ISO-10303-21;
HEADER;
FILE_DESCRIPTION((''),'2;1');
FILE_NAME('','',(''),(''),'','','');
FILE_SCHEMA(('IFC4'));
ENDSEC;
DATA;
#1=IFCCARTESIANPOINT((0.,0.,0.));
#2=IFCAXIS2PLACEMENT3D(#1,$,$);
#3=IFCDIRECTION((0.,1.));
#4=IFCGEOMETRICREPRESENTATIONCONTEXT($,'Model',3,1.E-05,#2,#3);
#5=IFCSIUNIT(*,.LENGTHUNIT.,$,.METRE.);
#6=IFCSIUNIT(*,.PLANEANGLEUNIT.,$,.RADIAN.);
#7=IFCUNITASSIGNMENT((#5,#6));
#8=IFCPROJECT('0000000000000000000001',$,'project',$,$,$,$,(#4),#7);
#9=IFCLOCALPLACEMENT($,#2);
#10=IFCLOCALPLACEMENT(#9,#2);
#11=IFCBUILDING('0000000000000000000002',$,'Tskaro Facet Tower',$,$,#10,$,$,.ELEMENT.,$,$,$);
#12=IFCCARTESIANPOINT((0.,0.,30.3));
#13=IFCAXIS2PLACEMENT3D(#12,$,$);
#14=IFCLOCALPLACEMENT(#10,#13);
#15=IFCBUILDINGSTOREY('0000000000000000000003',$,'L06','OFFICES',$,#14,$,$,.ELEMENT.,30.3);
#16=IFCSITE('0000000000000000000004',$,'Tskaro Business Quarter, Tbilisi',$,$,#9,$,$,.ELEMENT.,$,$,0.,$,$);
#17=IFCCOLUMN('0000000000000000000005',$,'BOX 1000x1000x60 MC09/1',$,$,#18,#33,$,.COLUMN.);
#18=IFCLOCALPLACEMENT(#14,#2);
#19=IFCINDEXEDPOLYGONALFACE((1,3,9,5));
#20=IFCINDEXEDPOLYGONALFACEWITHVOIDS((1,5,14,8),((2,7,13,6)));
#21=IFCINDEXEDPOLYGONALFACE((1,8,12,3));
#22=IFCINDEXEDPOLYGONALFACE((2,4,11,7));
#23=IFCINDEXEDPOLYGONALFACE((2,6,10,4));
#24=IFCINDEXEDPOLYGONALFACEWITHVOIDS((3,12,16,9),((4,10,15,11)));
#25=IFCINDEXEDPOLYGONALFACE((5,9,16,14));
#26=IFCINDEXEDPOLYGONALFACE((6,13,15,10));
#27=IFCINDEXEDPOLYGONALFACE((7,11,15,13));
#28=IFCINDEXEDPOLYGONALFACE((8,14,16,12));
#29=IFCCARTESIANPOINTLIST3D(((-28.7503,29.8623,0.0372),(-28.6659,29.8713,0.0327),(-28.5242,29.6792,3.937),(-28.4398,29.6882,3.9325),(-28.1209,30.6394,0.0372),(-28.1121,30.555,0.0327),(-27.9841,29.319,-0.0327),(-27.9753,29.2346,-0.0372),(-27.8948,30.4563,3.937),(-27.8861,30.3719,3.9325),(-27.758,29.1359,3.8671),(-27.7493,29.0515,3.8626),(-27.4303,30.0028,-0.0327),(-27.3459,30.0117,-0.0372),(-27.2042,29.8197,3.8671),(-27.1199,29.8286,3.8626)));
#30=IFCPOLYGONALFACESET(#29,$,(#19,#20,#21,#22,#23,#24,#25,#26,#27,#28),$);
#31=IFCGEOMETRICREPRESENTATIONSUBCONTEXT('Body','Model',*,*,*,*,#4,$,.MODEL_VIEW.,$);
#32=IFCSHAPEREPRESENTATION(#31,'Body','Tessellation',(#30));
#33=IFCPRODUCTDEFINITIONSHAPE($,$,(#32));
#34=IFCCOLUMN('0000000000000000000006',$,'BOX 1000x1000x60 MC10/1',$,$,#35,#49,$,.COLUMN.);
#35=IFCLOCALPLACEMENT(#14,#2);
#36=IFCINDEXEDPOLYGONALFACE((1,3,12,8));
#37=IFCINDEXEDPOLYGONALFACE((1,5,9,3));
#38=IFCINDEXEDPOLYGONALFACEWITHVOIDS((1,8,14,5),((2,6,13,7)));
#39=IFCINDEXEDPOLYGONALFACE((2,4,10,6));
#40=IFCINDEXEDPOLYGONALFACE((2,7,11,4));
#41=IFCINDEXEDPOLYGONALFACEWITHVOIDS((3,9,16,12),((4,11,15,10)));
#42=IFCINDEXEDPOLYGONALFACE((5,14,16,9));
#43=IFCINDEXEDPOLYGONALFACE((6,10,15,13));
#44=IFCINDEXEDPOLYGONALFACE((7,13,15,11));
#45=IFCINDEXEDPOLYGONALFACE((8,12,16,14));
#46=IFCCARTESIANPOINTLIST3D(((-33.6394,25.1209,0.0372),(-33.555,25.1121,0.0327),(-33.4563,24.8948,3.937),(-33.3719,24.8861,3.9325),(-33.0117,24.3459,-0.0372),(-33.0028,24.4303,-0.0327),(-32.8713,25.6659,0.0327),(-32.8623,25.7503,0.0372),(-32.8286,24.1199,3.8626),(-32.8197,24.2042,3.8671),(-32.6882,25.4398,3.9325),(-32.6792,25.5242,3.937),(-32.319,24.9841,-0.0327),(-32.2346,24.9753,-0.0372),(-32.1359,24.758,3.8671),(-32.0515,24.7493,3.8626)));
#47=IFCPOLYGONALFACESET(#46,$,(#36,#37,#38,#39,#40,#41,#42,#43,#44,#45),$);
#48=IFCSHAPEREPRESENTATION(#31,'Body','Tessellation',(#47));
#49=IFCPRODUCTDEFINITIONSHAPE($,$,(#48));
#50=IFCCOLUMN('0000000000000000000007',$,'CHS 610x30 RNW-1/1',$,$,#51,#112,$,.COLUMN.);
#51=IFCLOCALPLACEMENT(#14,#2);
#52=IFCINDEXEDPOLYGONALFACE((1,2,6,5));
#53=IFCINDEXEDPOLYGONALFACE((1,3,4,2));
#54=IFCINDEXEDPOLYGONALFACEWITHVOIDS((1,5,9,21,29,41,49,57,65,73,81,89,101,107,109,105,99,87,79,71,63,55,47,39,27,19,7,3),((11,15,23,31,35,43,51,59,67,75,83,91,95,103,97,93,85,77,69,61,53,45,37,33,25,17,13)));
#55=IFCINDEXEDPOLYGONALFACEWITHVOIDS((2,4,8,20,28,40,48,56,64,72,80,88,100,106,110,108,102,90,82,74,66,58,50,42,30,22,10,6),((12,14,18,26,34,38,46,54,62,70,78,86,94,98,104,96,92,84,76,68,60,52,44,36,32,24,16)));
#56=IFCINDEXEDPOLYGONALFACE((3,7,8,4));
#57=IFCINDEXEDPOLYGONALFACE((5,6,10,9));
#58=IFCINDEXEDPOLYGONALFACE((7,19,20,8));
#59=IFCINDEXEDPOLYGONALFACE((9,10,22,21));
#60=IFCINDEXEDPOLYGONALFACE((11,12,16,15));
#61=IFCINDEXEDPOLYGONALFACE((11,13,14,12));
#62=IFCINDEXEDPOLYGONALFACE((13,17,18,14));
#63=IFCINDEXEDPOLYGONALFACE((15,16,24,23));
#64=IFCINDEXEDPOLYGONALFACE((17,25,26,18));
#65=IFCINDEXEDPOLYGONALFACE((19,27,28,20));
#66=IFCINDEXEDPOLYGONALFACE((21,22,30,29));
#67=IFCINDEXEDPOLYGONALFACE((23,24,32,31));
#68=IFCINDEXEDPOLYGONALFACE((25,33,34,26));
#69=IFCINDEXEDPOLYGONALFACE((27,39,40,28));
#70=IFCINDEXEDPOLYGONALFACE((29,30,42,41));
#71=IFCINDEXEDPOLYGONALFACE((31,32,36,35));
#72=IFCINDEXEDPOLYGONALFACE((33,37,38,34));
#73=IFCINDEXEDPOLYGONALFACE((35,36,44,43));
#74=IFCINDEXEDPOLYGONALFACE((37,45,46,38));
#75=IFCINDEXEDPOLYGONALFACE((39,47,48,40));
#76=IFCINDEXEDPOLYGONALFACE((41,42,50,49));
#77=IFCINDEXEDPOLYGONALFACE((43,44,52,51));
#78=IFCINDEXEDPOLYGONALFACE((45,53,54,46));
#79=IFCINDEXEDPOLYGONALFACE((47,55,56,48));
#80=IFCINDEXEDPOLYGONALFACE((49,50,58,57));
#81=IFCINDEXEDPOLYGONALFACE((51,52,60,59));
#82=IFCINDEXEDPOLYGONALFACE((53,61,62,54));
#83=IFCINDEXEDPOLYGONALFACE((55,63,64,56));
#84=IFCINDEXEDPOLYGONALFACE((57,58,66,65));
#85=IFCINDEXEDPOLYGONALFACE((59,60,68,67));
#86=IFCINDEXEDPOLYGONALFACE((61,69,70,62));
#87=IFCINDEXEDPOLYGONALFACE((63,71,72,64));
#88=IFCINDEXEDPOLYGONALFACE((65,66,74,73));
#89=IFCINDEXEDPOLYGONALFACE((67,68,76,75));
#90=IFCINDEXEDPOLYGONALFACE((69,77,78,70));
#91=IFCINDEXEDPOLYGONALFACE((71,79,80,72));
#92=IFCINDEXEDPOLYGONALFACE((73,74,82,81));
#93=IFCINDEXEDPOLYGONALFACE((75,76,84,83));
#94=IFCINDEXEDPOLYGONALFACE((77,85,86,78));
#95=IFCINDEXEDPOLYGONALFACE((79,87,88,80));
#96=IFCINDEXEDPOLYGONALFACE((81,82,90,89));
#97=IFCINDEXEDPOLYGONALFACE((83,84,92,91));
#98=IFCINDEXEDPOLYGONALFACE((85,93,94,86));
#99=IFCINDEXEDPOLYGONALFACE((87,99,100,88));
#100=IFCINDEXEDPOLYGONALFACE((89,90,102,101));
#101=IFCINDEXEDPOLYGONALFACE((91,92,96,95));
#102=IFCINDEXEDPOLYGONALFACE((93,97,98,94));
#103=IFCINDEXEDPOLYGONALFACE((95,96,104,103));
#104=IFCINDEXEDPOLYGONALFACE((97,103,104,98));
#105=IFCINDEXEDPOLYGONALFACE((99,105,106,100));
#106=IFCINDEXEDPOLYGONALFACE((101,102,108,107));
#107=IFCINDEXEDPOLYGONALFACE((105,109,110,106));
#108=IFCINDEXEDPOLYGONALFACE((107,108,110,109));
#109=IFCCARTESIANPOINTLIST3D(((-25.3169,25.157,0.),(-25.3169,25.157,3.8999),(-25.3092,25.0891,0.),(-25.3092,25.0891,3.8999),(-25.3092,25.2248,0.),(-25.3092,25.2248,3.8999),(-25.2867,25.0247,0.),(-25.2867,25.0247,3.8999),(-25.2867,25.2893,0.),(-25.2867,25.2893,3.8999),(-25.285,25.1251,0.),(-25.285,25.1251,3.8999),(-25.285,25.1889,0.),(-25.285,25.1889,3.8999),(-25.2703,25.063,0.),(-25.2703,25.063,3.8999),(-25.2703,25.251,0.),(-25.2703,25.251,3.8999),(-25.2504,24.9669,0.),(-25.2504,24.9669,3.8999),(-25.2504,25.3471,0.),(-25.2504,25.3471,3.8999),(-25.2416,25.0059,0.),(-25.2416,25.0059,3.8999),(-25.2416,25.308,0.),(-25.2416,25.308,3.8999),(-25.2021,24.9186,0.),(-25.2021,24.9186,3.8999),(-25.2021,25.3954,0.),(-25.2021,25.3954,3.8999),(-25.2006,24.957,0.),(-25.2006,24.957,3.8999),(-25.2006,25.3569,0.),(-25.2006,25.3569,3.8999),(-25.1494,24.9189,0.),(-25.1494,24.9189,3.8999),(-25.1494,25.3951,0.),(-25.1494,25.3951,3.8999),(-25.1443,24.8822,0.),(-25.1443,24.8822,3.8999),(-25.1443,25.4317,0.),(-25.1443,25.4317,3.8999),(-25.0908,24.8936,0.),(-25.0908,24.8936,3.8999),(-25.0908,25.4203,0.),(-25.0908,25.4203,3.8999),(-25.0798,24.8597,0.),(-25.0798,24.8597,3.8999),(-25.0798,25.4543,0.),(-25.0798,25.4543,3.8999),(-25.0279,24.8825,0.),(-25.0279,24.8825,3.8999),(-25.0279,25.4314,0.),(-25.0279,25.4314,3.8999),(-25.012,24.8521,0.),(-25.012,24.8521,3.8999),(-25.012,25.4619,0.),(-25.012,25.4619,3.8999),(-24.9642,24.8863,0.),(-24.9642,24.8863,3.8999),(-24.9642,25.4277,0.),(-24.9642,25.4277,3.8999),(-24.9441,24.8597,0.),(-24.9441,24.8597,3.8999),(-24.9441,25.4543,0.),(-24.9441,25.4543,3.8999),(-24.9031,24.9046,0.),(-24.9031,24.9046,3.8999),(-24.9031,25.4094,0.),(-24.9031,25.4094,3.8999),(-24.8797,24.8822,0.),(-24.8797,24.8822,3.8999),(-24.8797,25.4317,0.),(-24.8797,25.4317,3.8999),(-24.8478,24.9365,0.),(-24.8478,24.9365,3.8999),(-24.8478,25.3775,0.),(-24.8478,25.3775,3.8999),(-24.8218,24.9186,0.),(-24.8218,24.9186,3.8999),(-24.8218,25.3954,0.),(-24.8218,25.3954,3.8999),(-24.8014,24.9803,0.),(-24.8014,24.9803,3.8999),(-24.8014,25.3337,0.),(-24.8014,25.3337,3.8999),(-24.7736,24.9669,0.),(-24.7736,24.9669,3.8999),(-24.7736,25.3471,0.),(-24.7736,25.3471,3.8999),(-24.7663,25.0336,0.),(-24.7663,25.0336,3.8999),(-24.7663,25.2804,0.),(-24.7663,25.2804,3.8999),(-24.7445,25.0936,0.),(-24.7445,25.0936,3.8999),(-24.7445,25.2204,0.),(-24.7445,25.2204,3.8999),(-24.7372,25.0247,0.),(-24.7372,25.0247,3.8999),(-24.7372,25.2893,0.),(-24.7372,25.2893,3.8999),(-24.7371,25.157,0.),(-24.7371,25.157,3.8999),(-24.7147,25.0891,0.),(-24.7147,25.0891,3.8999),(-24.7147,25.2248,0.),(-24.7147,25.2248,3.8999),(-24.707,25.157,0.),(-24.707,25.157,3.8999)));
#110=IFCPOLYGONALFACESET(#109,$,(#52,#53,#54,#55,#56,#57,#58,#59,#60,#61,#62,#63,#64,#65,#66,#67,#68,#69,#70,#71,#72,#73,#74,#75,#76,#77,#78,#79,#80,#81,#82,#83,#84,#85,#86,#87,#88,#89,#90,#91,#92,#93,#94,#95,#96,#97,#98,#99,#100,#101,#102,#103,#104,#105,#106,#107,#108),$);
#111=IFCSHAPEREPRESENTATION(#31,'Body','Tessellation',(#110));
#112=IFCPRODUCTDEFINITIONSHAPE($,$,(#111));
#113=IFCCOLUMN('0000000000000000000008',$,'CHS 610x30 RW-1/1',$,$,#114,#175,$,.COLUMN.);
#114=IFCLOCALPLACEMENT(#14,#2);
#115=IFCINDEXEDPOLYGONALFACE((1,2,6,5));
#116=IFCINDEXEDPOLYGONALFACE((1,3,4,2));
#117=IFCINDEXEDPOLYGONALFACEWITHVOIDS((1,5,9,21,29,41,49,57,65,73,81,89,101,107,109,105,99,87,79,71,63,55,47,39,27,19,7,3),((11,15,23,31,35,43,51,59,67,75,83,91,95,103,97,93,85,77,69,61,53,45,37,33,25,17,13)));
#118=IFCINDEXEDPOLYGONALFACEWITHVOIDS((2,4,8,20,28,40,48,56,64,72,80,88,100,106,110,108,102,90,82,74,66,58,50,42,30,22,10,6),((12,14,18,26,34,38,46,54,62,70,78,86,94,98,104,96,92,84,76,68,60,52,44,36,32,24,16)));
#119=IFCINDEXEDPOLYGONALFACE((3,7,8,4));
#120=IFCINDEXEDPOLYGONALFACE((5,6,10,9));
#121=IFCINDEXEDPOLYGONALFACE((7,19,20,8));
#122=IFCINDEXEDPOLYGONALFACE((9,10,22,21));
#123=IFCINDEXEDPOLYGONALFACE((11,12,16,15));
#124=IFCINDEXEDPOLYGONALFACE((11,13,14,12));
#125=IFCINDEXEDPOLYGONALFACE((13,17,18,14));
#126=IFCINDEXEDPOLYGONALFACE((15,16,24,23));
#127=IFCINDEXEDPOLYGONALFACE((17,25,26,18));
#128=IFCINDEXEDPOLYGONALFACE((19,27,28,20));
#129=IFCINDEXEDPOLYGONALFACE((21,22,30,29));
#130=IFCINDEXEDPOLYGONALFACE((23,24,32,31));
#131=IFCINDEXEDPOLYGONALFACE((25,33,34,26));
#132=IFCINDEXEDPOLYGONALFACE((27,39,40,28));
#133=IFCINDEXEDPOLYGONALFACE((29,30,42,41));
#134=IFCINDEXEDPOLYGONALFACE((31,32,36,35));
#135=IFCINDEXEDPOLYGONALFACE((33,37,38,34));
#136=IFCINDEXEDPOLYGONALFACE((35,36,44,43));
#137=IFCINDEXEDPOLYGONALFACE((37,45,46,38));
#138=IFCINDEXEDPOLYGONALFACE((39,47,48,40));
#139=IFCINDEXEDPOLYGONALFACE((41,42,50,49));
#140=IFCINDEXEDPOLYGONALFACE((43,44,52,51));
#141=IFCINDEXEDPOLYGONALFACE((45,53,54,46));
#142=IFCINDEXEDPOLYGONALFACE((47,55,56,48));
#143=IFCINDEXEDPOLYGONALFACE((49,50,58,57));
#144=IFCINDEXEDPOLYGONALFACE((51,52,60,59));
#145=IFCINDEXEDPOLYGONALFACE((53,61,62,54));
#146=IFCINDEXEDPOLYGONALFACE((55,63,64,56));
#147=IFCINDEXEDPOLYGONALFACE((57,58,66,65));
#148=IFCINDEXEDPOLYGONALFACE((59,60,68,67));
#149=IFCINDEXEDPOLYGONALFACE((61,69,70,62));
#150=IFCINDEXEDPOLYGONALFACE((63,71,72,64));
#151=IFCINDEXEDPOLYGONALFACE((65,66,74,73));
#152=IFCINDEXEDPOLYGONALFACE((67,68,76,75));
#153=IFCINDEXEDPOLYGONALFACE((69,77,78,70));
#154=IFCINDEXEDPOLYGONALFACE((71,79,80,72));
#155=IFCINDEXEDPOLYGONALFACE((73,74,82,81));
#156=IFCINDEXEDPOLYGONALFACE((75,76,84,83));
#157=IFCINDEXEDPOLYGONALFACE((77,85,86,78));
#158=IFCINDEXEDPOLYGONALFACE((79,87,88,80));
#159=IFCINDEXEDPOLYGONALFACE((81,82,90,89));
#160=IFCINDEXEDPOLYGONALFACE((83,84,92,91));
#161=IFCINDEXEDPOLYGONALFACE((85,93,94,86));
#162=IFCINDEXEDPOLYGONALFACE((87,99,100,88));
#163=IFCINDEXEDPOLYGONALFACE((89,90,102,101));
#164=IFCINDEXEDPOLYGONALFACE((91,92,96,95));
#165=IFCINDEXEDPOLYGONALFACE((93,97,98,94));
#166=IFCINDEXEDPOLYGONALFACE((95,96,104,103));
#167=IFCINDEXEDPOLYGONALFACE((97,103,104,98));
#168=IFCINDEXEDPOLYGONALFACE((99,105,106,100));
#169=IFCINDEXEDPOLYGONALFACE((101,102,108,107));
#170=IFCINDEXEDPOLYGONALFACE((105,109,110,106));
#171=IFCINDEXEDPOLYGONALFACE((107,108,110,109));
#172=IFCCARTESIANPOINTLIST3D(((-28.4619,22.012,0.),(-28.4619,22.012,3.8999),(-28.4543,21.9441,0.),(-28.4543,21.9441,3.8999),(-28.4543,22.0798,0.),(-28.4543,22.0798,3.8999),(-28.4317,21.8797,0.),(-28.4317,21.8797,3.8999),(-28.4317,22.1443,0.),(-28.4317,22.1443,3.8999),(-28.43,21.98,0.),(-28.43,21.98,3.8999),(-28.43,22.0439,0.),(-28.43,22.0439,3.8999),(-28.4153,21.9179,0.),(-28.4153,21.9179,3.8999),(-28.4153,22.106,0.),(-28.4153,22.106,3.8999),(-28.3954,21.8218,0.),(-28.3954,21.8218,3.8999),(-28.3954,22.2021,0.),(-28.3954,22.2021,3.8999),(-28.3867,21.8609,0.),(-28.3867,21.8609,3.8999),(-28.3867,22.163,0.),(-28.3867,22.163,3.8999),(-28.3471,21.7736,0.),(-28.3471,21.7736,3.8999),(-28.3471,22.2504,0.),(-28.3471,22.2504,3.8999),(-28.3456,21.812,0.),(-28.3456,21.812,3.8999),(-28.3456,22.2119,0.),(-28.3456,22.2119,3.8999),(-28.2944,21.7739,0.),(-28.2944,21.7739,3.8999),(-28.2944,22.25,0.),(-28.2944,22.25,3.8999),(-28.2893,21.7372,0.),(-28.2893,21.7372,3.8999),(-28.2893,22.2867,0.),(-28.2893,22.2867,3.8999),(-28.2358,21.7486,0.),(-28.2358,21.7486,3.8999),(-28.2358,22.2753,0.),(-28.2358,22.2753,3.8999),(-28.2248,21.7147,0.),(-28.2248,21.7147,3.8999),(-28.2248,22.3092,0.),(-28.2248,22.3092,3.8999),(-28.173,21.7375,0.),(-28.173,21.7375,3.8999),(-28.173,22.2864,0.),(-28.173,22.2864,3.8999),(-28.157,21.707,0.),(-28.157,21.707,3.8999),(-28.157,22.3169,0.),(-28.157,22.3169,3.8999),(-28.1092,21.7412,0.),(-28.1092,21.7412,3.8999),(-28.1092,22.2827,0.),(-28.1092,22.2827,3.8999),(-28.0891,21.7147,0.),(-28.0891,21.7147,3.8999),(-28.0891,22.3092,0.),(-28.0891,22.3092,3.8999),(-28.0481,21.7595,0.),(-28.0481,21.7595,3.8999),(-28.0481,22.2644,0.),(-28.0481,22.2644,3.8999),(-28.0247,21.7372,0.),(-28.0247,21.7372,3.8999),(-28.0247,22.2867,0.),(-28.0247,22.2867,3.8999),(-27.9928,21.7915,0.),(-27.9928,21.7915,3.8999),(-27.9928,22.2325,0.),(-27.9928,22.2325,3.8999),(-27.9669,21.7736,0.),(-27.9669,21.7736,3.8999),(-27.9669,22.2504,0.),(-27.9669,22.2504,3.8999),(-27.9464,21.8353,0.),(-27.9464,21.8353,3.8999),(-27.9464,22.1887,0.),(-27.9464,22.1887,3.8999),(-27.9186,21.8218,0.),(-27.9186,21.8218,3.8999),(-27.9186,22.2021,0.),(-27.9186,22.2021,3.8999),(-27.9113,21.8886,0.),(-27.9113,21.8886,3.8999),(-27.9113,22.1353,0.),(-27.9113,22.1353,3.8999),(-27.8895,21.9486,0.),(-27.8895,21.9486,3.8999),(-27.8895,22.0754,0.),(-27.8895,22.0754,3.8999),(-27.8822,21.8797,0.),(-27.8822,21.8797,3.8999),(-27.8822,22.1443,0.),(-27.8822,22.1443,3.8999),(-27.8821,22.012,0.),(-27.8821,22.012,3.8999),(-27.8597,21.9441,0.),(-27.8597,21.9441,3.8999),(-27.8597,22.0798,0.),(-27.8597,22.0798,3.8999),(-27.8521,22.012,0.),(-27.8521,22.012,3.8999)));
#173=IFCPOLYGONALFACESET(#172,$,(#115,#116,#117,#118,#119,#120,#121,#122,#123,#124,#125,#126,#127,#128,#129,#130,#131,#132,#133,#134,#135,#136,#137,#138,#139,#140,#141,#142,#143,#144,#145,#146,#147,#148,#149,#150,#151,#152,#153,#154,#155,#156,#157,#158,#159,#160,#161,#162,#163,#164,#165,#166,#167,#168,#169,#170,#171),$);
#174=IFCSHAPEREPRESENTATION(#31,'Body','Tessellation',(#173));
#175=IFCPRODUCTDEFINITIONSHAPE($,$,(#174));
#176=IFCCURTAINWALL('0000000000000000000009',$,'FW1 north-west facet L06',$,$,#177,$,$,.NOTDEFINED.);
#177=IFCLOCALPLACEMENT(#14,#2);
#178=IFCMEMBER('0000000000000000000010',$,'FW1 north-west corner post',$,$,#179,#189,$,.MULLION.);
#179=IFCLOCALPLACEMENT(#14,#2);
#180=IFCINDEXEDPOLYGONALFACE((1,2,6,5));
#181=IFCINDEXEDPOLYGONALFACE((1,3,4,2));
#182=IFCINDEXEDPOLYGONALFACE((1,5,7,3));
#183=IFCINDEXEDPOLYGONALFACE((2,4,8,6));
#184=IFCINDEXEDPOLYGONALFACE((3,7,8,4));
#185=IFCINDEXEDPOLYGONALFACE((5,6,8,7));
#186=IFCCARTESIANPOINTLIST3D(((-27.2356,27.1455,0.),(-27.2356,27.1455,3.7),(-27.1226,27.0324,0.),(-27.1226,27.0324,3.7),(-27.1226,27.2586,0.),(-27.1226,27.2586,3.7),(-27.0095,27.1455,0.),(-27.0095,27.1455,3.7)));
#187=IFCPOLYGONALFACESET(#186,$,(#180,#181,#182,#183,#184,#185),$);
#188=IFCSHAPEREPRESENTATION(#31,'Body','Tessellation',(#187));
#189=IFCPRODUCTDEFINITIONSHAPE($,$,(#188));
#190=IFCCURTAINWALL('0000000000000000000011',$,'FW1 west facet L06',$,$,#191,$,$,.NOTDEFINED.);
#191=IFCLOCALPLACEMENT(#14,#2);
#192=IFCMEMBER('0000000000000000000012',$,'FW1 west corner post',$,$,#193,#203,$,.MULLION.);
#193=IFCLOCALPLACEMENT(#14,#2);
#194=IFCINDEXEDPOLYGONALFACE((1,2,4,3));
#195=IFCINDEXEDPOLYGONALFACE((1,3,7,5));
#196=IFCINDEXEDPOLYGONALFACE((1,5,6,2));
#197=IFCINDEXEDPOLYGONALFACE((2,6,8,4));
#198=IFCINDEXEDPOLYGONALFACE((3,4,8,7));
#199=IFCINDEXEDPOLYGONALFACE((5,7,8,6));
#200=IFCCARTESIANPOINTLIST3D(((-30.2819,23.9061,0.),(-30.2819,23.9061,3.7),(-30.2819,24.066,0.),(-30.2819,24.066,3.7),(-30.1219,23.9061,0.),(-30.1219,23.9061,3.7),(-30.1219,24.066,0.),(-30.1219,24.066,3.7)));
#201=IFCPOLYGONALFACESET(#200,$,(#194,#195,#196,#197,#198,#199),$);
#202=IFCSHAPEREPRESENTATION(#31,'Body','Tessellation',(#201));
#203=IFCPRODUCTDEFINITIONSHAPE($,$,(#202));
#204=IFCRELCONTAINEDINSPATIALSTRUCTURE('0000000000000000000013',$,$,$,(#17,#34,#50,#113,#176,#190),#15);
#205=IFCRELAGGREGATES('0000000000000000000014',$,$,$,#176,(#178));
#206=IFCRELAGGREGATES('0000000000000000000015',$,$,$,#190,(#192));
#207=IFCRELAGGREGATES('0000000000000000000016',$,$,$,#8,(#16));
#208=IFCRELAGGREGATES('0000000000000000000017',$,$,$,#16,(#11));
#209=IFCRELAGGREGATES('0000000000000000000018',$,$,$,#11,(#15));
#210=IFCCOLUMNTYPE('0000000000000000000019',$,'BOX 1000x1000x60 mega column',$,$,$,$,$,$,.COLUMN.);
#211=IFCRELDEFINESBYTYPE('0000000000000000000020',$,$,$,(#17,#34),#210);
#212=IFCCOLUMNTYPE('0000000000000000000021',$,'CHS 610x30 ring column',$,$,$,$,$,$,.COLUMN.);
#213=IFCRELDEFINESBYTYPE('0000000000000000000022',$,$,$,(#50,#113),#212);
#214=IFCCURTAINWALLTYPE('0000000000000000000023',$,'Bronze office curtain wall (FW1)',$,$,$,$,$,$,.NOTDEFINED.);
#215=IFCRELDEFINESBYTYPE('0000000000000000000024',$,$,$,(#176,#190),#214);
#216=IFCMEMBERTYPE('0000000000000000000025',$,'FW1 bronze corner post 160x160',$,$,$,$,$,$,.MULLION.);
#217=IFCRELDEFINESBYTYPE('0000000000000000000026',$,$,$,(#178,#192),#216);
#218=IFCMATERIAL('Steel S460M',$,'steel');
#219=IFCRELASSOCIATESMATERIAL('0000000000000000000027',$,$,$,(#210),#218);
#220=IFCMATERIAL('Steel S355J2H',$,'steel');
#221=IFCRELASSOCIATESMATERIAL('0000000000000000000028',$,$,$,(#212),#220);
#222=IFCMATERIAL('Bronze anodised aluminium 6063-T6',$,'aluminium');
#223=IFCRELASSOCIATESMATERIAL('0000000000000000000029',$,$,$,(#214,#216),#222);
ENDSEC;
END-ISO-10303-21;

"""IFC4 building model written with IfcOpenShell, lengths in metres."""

from ifc_helpers import new_model, si_unit, direction, frame, origin, origin_2d, place, context, subcontext, project, spatial, rectangle, hollow_rectangle, hollow_circle, extrude, material, material_profile, profile_set, type_object, element, aggregate, save


model = new_model("IFC4")

# Units and contexts
model_context = context("Model", 3, precision=1e-05, world=origin(), true_north=direction((0.0, 1.0)))
body_context = subcontext(model_context, "Body", "Model", "MODEL_VIEW")
ifc_project = project(units=[si_unit("LENGTHUNIT", "METRE"), si_unit("PLANEANGLEUNIT", "RADIAN")], contexts=[model_context])

# Site, building, storey
site_placement = place(None, origin())
site = spatial("IfcSite", under=ifc_project, at=site_placement, Name="Tskaro Business Quarter, Tbilisi", CompositionType="ELEMENT", RefElevation=0.0)
building_placement = place(site_placement, origin())
building = spatial("IfcBuilding", under=site, at=building_placement, Name="Tskaro Facet Tower", CompositionType="ELEMENT")
storey_placement = place(building_placement, frame((0.0, 0.0, 30.3)))
storey = spatial("IfcBuildingStorey", under=building, at=storey_placement, Name="L06", Description="OFFICES", CompositionType="ELEMENT", Elevation=30.3)

# Columns
ifc_material_1 = material(Name="Steel S460M", Category="steel")
ifc_material_profile_1 = material_profile(ifc_material_1, hollow_rectangle(XDim=1.0, YDim=1.0, WallThickness=0.0601, at=origin_2d()), Name="BOX 1000x1000x60")
ifc_profile_set_1 = profile_set([ifc_material_profile_1], Name="Steel S460M")
column_type_1 = type_object("IfcColumnType", Name="BOX 1000x1000x60 mega column", PredefinedType="COLUMN", material=ifc_profile_set_1)
for number, where, z_axis, x_axis, name in (
    (1, (-28.0481, 29.937, 0.0), (0.057809, -0.046821, 0.997229), (0.629391, 0.777089, 0.0), "BOX 1000x1000x60 MC09/1"),
    (2, (-32.937, 25.0481, 0.0), (0.046821, -0.057809, 0.997229), (0.777089, 0.629391, 0.0), "BOX 1000x1000x60 MC10/1"),
):
    element("IfcColumn", number, at=place(storey_placement, frame(where, z_axis=z_axis, x_axis=x_axis)), inside=storey, type_object=column_type_1, Name=name, PredefinedType="COLUMN", context=body_context, shape_type="SweptSolid", body=[
        extrude(hollow_rectangle(XDim=1.0, YDim=1.0, WallThickness=0.0601, at=origin_2d()), origin(), (0.0, 0.0, 1.0), 3.9106),
    ])
ifc_material_2 = material(Name="Steel S355J2H", Category="steel")
ifc_material_profile_2 = material_profile(ifc_material_2, hollow_circle(Radius=0.3049, WallThickness=0.03, at=origin_2d()), Name="CHS 610x30")
ifc_profile_set_2 = profile_set([ifc_material_profile_2], Name="Steel S355J2H")
column_type_2 = type_object("IfcColumnType", Name="CHS 610x30 ring column", PredefinedType="COLUMN", material=ifc_profile_set_2)
for number, where, z_axis, x_axis, name in (
    (3, (-25.012, 25.157, 0.0), (0.0, 0.0, 1.0), (1.0, 0.0, 0.0), "CHS 610x30 RNW-1/1"),
    (4, (-28.157, 22.012, 0.0), (0.0, 0.0, 1.0), (1.0, 0.0, 0.0), "CHS 610x30 RW-1/1"),
):
    element("IfcColumn", number, at=place(storey_placement, frame(where, z_axis=z_axis, x_axis=x_axis)), inside=storey, type_object=column_type_2, Name=name, PredefinedType="COLUMN", context=body_context, shape_type="SweptSolid", body=[
        extrude(hollow_circle(Radius=0.3049, WallThickness=0.03, at=origin_2d()), origin(), (0.0, 0.0, 1.0), 3.8999),
    ])

# Curtain walls, members
ifc_material_3 = material(Name="Bronze anodised aluminium 6063-T6", Category="aluminium")
curtain_wall_type = type_object("IfcCurtainWallType", Name="Bronze office curtain wall (FW1)", PredefinedType="NOTDEFINED", material=ifc_material_3)
curtain_wall_1_placement = place(storey_placement, origin())
curtain_wall_1 = element("IfcCurtainWall", 5, at=curtain_wall_1_placement, inside=storey, type_object=curtain_wall_type, Name="FW1 north-west facet L06", PredefinedType="NOTDEFINED")
ifc_material_profile_3 = material_profile(ifc_material_3, rectangle(XDim=0.1599, YDim=0.1599, at=origin_2d()), Name="Corner post 160x160")
ifc_profile_set_3 = profile_set([ifc_material_profile_3], Name="Bronze anodised aluminium 6063-T6")
member_type_1 = type_object("IfcMemberType", Name="FW1 bronze corner post 160x160", PredefinedType="MULLION", material=ifc_profile_set_3)
member_1_placement = place(storey_placement, frame((-27.1226, 27.1455, 0.0), z_axis=(0.0, 0.0, 1.0), x_axis=(-0.707107, -0.707107, 0.0)))
member_1 = element("IfcMember", 6, at=member_1_placement, type_object=member_type_1, Name="FW1 north-west corner post", PredefinedType="MULLION", context=body_context, shape_type="SweptSolid", body=[
    extrude(rectangle(XDim=0.1599, YDim=0.1599, at=origin_2d()), origin(), (0.0, 0.0, 1.0), 3.7),
])
curtain_wall_2_placement = place(storey_placement, origin())
curtain_wall_2 = element("IfcCurtainWall", 7, at=curtain_wall_2_placement, inside=storey, type_object=curtain_wall_type, Name="FW1 west facet L06", PredefinedType="NOTDEFINED")
member_2_placement = place(storey_placement, frame((-30.2019, 23.9861, 0.0), z_axis=(0.0, 0.0, 1.0), x_axis=(0.0, -1.0, 0.0)))
member_2 = element("IfcMember", 8, at=member_2_placement, type_object=member_type_1, Name="FW1 west corner post", PredefinedType="MULLION", context=body_context, shape_type="SweptSolid", body=[
    extrude(rectangle(XDim=0.1599, YDim=0.1599, at=origin_2d()), origin(), (0.0, 0.0, 1.0), 3.7),
])

aggregate(curtain_wall_1, [member_1])
aggregate(curtain_wall_2, [member_2])

save(model, "model.ifc")
